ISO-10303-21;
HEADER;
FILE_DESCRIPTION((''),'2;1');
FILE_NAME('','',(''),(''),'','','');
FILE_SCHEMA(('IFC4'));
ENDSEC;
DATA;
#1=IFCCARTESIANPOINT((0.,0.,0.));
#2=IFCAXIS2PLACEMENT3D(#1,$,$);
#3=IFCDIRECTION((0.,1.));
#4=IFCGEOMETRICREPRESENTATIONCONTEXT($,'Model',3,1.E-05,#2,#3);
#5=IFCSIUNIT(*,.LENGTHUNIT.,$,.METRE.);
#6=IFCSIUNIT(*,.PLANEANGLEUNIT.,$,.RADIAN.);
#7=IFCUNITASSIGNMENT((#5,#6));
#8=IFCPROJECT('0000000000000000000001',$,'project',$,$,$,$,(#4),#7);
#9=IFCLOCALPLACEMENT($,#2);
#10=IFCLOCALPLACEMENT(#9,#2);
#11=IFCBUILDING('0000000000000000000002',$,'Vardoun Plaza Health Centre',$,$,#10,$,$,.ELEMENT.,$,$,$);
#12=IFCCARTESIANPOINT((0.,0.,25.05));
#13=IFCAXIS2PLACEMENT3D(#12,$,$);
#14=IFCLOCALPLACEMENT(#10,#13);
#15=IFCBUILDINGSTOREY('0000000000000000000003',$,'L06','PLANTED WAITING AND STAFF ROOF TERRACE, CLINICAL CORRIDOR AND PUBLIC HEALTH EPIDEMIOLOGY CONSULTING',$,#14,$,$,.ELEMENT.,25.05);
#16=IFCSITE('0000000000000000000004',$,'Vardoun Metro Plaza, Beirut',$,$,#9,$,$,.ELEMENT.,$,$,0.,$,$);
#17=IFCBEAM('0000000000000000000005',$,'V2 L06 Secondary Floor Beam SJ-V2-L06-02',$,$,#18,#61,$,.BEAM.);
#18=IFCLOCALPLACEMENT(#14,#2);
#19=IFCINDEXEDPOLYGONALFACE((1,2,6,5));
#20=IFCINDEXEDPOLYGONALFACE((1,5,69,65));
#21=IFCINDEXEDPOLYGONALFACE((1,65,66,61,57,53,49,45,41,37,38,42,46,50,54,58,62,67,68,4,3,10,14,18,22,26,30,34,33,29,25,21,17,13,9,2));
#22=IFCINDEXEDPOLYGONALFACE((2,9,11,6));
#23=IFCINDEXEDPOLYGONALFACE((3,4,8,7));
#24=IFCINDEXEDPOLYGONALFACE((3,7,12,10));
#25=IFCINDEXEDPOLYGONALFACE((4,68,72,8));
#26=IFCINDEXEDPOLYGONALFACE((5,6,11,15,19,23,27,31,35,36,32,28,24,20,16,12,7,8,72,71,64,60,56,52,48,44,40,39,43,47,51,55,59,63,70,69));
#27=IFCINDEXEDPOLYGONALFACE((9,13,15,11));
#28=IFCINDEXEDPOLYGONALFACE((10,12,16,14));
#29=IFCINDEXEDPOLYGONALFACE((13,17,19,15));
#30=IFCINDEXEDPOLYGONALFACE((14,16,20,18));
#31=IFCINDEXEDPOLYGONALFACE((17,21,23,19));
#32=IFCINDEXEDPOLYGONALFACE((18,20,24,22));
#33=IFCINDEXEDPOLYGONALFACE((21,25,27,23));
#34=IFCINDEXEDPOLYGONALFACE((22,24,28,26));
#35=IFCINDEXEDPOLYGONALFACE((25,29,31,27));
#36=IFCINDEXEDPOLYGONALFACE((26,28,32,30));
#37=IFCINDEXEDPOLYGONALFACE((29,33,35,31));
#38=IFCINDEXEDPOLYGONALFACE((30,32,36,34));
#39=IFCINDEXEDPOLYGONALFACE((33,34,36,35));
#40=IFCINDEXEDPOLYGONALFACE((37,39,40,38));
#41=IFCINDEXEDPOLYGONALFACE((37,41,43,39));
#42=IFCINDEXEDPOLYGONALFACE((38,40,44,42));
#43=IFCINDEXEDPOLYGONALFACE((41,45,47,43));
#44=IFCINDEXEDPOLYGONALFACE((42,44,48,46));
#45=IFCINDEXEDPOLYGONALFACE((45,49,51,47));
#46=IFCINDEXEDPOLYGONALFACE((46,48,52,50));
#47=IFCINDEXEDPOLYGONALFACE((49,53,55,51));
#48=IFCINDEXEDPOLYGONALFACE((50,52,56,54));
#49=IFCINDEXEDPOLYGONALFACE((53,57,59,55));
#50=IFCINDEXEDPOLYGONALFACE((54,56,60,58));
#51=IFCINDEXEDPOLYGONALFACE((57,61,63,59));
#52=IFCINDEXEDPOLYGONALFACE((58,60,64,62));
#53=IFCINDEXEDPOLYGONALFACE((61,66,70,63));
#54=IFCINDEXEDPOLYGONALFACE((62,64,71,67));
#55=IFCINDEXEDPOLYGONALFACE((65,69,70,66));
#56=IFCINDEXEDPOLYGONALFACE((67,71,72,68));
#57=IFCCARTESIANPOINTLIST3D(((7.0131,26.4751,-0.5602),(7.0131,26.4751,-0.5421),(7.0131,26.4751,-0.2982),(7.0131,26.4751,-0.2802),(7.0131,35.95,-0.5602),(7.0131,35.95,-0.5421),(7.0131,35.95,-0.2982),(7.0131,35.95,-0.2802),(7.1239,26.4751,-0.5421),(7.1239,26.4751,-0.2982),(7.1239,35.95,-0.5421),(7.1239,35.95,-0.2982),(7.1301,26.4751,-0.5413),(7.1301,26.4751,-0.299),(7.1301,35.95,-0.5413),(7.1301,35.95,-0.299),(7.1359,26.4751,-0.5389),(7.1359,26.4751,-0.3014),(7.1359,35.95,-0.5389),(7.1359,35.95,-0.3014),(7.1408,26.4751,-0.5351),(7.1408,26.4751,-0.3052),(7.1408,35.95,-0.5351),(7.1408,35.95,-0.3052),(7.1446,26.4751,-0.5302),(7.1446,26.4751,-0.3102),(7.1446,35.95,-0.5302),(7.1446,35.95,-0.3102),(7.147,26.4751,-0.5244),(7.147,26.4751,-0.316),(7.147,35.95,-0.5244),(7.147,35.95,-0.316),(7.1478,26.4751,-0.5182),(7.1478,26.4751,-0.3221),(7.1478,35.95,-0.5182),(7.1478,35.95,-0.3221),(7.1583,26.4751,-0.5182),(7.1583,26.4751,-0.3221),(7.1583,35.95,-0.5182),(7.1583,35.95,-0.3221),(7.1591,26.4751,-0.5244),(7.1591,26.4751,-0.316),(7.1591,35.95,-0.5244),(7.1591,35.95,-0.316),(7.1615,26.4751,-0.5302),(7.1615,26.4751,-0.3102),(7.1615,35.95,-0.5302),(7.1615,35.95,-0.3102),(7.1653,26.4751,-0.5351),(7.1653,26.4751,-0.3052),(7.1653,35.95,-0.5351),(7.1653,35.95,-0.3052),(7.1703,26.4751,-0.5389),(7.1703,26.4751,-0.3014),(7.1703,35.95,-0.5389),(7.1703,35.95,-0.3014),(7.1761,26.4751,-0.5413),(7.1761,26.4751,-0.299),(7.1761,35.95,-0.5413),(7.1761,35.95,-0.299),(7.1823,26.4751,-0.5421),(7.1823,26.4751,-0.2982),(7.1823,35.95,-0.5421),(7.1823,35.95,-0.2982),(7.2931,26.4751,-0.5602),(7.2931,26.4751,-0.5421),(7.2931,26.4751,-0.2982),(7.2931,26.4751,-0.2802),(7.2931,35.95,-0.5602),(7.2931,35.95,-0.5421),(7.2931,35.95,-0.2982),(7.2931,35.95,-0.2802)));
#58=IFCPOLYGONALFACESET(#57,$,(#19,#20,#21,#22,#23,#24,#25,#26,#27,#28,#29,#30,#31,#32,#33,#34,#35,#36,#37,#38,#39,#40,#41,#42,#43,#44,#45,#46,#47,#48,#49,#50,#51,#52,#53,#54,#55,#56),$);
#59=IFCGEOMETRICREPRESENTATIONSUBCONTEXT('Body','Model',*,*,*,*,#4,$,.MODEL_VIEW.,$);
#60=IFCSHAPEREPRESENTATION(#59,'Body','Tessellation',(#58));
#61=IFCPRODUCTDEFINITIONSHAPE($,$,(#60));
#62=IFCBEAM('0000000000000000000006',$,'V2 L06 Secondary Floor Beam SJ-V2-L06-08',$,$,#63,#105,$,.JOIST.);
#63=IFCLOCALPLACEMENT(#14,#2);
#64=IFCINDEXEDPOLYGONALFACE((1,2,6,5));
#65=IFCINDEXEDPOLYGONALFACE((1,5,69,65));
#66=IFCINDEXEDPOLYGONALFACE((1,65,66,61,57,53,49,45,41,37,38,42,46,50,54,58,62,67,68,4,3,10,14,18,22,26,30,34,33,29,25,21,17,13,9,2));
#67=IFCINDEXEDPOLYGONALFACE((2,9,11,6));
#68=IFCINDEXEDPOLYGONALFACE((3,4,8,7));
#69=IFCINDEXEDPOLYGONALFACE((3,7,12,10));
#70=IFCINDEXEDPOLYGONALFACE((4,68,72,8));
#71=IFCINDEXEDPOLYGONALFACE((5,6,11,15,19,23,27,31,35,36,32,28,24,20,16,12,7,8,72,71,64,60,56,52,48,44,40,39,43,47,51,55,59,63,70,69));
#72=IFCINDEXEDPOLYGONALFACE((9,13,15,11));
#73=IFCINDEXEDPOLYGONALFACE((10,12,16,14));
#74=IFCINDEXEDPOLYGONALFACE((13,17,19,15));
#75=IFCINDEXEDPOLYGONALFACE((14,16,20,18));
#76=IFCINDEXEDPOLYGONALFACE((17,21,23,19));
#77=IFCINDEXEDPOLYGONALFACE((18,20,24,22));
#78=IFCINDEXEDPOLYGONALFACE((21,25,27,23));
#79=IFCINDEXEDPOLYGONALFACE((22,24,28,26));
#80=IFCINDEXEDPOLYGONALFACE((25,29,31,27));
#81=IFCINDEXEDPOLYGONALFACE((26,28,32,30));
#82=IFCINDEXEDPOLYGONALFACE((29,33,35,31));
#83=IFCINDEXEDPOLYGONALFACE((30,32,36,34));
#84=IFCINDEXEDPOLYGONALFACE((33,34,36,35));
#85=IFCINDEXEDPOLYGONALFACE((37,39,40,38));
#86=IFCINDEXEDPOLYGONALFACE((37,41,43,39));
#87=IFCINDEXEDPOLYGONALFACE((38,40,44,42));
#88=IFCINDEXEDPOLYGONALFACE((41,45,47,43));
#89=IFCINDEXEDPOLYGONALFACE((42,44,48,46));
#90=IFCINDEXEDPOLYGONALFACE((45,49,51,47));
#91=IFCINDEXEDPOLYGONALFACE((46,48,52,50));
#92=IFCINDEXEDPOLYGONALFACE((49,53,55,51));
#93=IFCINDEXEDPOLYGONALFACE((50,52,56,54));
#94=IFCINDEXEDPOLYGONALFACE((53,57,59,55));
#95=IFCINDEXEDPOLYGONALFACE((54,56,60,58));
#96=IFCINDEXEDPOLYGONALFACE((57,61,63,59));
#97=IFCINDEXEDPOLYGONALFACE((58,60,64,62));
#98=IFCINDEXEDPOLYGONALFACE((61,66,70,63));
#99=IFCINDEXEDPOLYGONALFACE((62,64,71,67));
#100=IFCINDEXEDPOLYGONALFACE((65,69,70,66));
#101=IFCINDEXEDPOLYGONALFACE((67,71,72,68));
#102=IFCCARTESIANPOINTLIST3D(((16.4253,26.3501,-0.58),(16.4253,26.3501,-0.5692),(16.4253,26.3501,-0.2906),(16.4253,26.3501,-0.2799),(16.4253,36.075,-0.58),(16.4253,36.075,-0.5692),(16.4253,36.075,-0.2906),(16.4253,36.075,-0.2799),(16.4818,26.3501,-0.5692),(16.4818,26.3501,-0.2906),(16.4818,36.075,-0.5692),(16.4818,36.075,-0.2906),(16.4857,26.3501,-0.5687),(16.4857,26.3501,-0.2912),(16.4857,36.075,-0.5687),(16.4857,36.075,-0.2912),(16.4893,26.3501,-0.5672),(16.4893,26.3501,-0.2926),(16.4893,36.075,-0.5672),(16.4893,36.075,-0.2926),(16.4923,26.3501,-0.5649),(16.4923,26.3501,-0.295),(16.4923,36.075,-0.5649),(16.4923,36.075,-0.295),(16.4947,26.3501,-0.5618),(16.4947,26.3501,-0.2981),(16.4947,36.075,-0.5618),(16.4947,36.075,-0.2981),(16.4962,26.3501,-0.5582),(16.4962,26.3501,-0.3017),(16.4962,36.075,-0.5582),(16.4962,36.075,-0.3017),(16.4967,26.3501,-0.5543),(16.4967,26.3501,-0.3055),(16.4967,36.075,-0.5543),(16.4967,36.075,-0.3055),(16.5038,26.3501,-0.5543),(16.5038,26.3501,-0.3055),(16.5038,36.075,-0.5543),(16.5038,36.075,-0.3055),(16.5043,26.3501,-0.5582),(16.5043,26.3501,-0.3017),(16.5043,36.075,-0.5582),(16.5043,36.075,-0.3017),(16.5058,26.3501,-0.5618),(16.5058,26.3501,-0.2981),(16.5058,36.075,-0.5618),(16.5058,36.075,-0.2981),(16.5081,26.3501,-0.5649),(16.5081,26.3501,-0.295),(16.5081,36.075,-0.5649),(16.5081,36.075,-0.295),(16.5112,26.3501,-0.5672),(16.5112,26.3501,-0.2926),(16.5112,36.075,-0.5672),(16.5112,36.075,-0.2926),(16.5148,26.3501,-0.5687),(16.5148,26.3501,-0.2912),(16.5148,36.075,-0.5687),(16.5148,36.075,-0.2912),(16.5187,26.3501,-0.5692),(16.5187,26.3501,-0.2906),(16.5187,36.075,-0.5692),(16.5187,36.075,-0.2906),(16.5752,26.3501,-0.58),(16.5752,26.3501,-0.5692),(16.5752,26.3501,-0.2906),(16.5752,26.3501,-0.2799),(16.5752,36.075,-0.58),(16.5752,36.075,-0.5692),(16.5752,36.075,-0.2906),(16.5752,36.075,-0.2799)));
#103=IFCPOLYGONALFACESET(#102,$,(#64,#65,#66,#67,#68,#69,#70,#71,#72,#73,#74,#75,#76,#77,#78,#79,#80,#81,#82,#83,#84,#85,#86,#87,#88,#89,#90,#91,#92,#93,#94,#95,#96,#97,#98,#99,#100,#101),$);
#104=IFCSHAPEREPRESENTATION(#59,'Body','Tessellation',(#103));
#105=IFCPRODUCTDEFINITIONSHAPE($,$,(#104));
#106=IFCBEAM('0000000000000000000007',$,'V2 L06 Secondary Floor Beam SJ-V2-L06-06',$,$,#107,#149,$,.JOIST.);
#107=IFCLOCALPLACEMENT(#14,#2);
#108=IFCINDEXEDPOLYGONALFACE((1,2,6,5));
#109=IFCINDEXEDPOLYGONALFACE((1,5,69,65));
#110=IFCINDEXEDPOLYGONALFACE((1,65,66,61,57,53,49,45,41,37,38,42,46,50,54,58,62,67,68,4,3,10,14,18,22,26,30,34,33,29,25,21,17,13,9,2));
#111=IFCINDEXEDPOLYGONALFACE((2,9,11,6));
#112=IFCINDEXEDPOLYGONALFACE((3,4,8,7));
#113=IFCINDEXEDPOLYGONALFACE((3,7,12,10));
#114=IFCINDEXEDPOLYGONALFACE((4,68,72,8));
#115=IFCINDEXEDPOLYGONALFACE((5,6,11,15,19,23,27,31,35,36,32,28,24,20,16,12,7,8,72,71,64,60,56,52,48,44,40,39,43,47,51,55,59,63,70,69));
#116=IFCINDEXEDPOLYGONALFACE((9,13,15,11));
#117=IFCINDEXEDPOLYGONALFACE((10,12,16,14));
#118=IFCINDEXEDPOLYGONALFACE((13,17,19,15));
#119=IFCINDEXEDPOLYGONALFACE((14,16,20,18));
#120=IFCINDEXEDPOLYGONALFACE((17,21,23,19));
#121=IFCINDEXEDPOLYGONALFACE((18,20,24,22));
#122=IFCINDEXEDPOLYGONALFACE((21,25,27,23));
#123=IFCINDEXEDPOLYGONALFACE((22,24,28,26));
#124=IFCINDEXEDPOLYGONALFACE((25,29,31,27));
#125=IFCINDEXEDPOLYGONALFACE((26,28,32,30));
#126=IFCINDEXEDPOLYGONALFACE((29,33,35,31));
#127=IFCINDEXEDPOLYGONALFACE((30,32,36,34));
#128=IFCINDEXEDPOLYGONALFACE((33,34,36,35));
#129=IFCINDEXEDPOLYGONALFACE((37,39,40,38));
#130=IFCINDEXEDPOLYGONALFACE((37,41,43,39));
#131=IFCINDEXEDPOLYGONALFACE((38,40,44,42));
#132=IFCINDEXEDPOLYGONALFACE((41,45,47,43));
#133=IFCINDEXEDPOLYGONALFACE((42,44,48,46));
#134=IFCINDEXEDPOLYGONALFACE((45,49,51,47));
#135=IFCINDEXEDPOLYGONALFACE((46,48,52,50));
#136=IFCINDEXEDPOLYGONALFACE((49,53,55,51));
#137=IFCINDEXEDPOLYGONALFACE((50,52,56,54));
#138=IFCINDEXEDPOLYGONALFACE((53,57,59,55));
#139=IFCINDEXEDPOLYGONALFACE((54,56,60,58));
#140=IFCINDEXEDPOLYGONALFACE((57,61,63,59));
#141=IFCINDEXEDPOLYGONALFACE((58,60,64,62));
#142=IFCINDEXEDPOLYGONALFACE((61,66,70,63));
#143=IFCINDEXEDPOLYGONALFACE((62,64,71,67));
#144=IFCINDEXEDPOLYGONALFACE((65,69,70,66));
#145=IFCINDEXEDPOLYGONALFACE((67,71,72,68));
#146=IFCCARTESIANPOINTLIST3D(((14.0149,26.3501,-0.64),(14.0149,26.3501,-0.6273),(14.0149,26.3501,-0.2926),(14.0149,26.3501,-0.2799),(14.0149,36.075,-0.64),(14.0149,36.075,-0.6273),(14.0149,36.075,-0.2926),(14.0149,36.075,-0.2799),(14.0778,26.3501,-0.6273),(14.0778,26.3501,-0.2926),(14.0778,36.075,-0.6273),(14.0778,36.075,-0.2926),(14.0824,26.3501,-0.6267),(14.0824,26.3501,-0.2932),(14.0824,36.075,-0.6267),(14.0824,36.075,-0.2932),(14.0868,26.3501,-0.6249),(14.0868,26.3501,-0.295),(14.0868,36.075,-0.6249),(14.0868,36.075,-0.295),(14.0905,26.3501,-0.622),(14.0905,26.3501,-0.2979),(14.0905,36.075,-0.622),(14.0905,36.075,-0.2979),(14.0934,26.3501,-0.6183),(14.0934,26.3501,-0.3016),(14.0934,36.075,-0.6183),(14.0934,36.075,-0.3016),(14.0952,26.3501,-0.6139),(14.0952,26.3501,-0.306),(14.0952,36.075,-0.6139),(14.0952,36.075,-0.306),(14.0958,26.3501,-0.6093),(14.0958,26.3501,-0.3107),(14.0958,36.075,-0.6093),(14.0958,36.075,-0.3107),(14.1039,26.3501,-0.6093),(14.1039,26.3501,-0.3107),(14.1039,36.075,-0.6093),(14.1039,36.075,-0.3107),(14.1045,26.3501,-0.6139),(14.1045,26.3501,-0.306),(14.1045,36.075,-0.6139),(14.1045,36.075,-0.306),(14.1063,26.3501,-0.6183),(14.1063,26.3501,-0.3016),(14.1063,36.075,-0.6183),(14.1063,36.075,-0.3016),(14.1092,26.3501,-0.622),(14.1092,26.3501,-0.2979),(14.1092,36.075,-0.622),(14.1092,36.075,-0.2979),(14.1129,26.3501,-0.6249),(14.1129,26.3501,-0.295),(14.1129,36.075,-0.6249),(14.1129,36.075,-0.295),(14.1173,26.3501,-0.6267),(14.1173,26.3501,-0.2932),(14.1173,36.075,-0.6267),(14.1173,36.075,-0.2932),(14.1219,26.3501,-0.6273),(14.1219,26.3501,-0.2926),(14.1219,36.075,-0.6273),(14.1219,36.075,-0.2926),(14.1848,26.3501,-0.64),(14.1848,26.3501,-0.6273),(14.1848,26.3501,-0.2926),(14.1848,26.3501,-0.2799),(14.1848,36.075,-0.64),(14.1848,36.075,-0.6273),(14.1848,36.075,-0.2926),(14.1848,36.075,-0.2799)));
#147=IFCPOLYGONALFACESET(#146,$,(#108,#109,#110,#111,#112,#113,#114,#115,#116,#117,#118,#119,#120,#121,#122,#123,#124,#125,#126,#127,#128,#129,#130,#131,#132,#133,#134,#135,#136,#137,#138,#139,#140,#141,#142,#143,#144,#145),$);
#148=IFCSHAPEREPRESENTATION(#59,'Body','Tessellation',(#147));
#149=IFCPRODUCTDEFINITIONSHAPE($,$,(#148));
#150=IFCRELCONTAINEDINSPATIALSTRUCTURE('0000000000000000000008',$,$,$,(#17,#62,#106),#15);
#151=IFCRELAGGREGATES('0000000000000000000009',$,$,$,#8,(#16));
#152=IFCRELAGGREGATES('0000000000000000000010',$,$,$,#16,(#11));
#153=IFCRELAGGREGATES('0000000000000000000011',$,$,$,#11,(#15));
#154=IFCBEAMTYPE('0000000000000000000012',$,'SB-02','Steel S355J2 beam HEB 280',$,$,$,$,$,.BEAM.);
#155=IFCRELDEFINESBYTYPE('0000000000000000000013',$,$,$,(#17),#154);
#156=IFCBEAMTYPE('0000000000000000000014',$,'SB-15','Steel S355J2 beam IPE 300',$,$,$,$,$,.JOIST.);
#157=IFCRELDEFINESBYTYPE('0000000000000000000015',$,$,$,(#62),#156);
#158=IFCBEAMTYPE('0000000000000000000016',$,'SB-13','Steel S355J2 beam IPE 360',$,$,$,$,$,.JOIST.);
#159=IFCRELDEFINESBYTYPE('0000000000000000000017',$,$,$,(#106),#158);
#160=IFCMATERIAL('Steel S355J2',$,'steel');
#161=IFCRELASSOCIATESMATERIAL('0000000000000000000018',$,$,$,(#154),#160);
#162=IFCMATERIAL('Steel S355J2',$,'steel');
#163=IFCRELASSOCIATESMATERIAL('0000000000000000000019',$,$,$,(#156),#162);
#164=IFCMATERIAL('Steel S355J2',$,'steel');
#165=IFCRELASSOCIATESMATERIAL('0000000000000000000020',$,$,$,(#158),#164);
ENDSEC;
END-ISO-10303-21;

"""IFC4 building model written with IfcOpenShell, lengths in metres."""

from ifc_helpers import new_model, si_unit, direction, frame, origin, origin_2d, place, context, subcontext, project, spatial, i_section, extrude, material, material_profile, profile_set, type_object, element, save


model = new_model("IFC4")

# Units and contexts
model_context = context("Model", 3, precision=1e-05, world=origin(), true_north=direction((0.0, 1.0)))
body_context = subcontext(model_context, "Body", "Model", "MODEL_VIEW")
ifc_project = project(units=[si_unit("LENGTHUNIT", "METRE"), si_unit("PLANEANGLEUNIT", "RADIAN")], contexts=[model_context])

# Site, building, storey
site_placement = place(None, origin())
site = spatial("IfcSite", under=ifc_project, at=site_placement, Name="Vardoun Metro Plaza, Beirut", CompositionType="ELEMENT", RefElevation=0.0)
building_placement = place(site_placement, origin())
building = spatial("IfcBuilding", under=site, at=building_placement, Name="Vardoun Plaza Health Centre", CompositionType="ELEMENT")
storey_placement = place(building_placement, frame((0.0, 0.0, 25.05)))
storey = spatial("IfcBuildingStorey", under=building, at=storey_placement, Name="L06", Description="PLANTED WAITING AND STAFF ROOF TERRACE, CLINICAL CORRIDOR AND PUBLIC HEALTH EPIDEMIOLOGY CONSULTING", CompositionType="ELEMENT", Elevation=25.05)

# Beams
ifc_material_1 = material(Name="Steel S355J2", Category="steel")
ifc_material_profile_1 = material_profile(ifc_material_1, i_section(OverallWidth=0.28, OverallDepth=0.28, WebThickness=0.0105, FlangeThickness=0.0181, FilletRadius=0.0239, at=origin_2d()), Name="HEB 280")
ifc_profile_set_1 = profile_set([ifc_material_profile_1], Name="Steel S355J2")
beam_type_1 = type_object("IfcBeamType", Name="SB-02", Description="Steel S355J2 beam HEB 280", PredefinedType="BEAM", material=ifc_profile_set_1)
beam_1_placement = place(storey_placement, frame((7.1531, 26.4751, -0.4202), z_axis=(0.0, 1.0, 0.0), x_axis=(-1.0, 0.0, 0.0)))
element("IfcBeam", 1, at=beam_1_placement, inside=storey, type_object=beam_type_1, Name="V2 L06 Secondary Floor Beam SJ-V2-L06-02", PredefinedType="BEAM", context=body_context, shape_type="SweptSolid", body=[
    extrude(i_section(OverallWidth=0.28, OverallDepth=0.28, WebThickness=0.0105, FlangeThickness=0.0181, FilletRadius=0.0239, at=origin_2d()), origin(), (0.0, 0.0, 1.0), 9.4749),
])
ifc_material_2 = material(Name="Steel S355J2", Category="steel")
ifc_material_profile_2 = material_profile(ifc_material_2, i_section(OverallWidth=0.1499, OverallDepth=0.3, WebThickness=0.0071, FlangeThickness=0.0107, FilletRadius=0.0149, at=origin_2d()), Name="IPE 300")
ifc_profile_set_2 = profile_set([ifc_material_profile_2], Name="Steel S355J2")
beam_type_2 = type_object("IfcBeamType", Name="SB-15", Description="Steel S355J2 beam IPE 300", PredefinedType="JOIST", material=ifc_profile_set_2)
beam_2_placement = place(storey_placement, frame((16.5002, 26.3501, -0.4299), z_axis=(0.0, 1.0, 0.0), x_axis=(-1.0, 0.0, 0.0)))
element("IfcBeam", 2, at=beam_2_placement, inside=storey, type_object=beam_type_2, Name="V2 L06 Secondary Floor Beam SJ-V2-L06-08", PredefinedType="JOIST", context=body_context, shape_type="SweptSolid", body=[
    extrude(i_section(OverallWidth=0.1499, OverallDepth=0.3, WebThickness=0.0071, FlangeThickness=0.0107, FilletRadius=0.0149, at=origin_2d()), origin(), (0.0, 0.0, 1.0), 9.7249),
])
ifc_material_3 = material(Name="Steel S355J2", Category="steel")
ifc_material_profile_3 = material_profile(ifc_material_3, i_section(OverallWidth=0.1699, OverallDepth=0.3601, WebThickness=0.0081, FlangeThickness=0.0127, FilletRadius=0.0181, at=origin_2d()), Name="IPE 360")
ifc_profile_set_3 = profile_set([ifc_material_profile_3], Name="Steel S355J2")
beam_type_3 = type_object("IfcBeamType", Name="SB-13", Description="Steel S355J2 beam IPE 360", PredefinedType="JOIST", material=ifc_profile_set_3)
beam_3_placement = place(storey_placement, frame((14.0999, 26.3501, -0.46), z_axis=(0.0, 1.0, 0.0), x_axis=(-1.0, 0.0, 0.0)))
element("IfcBeam", 3, at=beam_3_placement, inside=storey, type_object=beam_type_3, Name="V2 L06 Secondary Floor Beam SJ-V2-L06-06", PredefinedType="JOIST", context=body_context, shape_type="SweptSolid", body=[
    extrude(i_section(OverallWidth=0.1699, OverallDepth=0.3601, WebThickness=0.0081, FlangeThickness=0.0127, FilletRadius=0.0181, at=origin_2d()), origin(), (0.0, 0.0, 1.0), 9.7249),
])

save(model, "model.ifc")
